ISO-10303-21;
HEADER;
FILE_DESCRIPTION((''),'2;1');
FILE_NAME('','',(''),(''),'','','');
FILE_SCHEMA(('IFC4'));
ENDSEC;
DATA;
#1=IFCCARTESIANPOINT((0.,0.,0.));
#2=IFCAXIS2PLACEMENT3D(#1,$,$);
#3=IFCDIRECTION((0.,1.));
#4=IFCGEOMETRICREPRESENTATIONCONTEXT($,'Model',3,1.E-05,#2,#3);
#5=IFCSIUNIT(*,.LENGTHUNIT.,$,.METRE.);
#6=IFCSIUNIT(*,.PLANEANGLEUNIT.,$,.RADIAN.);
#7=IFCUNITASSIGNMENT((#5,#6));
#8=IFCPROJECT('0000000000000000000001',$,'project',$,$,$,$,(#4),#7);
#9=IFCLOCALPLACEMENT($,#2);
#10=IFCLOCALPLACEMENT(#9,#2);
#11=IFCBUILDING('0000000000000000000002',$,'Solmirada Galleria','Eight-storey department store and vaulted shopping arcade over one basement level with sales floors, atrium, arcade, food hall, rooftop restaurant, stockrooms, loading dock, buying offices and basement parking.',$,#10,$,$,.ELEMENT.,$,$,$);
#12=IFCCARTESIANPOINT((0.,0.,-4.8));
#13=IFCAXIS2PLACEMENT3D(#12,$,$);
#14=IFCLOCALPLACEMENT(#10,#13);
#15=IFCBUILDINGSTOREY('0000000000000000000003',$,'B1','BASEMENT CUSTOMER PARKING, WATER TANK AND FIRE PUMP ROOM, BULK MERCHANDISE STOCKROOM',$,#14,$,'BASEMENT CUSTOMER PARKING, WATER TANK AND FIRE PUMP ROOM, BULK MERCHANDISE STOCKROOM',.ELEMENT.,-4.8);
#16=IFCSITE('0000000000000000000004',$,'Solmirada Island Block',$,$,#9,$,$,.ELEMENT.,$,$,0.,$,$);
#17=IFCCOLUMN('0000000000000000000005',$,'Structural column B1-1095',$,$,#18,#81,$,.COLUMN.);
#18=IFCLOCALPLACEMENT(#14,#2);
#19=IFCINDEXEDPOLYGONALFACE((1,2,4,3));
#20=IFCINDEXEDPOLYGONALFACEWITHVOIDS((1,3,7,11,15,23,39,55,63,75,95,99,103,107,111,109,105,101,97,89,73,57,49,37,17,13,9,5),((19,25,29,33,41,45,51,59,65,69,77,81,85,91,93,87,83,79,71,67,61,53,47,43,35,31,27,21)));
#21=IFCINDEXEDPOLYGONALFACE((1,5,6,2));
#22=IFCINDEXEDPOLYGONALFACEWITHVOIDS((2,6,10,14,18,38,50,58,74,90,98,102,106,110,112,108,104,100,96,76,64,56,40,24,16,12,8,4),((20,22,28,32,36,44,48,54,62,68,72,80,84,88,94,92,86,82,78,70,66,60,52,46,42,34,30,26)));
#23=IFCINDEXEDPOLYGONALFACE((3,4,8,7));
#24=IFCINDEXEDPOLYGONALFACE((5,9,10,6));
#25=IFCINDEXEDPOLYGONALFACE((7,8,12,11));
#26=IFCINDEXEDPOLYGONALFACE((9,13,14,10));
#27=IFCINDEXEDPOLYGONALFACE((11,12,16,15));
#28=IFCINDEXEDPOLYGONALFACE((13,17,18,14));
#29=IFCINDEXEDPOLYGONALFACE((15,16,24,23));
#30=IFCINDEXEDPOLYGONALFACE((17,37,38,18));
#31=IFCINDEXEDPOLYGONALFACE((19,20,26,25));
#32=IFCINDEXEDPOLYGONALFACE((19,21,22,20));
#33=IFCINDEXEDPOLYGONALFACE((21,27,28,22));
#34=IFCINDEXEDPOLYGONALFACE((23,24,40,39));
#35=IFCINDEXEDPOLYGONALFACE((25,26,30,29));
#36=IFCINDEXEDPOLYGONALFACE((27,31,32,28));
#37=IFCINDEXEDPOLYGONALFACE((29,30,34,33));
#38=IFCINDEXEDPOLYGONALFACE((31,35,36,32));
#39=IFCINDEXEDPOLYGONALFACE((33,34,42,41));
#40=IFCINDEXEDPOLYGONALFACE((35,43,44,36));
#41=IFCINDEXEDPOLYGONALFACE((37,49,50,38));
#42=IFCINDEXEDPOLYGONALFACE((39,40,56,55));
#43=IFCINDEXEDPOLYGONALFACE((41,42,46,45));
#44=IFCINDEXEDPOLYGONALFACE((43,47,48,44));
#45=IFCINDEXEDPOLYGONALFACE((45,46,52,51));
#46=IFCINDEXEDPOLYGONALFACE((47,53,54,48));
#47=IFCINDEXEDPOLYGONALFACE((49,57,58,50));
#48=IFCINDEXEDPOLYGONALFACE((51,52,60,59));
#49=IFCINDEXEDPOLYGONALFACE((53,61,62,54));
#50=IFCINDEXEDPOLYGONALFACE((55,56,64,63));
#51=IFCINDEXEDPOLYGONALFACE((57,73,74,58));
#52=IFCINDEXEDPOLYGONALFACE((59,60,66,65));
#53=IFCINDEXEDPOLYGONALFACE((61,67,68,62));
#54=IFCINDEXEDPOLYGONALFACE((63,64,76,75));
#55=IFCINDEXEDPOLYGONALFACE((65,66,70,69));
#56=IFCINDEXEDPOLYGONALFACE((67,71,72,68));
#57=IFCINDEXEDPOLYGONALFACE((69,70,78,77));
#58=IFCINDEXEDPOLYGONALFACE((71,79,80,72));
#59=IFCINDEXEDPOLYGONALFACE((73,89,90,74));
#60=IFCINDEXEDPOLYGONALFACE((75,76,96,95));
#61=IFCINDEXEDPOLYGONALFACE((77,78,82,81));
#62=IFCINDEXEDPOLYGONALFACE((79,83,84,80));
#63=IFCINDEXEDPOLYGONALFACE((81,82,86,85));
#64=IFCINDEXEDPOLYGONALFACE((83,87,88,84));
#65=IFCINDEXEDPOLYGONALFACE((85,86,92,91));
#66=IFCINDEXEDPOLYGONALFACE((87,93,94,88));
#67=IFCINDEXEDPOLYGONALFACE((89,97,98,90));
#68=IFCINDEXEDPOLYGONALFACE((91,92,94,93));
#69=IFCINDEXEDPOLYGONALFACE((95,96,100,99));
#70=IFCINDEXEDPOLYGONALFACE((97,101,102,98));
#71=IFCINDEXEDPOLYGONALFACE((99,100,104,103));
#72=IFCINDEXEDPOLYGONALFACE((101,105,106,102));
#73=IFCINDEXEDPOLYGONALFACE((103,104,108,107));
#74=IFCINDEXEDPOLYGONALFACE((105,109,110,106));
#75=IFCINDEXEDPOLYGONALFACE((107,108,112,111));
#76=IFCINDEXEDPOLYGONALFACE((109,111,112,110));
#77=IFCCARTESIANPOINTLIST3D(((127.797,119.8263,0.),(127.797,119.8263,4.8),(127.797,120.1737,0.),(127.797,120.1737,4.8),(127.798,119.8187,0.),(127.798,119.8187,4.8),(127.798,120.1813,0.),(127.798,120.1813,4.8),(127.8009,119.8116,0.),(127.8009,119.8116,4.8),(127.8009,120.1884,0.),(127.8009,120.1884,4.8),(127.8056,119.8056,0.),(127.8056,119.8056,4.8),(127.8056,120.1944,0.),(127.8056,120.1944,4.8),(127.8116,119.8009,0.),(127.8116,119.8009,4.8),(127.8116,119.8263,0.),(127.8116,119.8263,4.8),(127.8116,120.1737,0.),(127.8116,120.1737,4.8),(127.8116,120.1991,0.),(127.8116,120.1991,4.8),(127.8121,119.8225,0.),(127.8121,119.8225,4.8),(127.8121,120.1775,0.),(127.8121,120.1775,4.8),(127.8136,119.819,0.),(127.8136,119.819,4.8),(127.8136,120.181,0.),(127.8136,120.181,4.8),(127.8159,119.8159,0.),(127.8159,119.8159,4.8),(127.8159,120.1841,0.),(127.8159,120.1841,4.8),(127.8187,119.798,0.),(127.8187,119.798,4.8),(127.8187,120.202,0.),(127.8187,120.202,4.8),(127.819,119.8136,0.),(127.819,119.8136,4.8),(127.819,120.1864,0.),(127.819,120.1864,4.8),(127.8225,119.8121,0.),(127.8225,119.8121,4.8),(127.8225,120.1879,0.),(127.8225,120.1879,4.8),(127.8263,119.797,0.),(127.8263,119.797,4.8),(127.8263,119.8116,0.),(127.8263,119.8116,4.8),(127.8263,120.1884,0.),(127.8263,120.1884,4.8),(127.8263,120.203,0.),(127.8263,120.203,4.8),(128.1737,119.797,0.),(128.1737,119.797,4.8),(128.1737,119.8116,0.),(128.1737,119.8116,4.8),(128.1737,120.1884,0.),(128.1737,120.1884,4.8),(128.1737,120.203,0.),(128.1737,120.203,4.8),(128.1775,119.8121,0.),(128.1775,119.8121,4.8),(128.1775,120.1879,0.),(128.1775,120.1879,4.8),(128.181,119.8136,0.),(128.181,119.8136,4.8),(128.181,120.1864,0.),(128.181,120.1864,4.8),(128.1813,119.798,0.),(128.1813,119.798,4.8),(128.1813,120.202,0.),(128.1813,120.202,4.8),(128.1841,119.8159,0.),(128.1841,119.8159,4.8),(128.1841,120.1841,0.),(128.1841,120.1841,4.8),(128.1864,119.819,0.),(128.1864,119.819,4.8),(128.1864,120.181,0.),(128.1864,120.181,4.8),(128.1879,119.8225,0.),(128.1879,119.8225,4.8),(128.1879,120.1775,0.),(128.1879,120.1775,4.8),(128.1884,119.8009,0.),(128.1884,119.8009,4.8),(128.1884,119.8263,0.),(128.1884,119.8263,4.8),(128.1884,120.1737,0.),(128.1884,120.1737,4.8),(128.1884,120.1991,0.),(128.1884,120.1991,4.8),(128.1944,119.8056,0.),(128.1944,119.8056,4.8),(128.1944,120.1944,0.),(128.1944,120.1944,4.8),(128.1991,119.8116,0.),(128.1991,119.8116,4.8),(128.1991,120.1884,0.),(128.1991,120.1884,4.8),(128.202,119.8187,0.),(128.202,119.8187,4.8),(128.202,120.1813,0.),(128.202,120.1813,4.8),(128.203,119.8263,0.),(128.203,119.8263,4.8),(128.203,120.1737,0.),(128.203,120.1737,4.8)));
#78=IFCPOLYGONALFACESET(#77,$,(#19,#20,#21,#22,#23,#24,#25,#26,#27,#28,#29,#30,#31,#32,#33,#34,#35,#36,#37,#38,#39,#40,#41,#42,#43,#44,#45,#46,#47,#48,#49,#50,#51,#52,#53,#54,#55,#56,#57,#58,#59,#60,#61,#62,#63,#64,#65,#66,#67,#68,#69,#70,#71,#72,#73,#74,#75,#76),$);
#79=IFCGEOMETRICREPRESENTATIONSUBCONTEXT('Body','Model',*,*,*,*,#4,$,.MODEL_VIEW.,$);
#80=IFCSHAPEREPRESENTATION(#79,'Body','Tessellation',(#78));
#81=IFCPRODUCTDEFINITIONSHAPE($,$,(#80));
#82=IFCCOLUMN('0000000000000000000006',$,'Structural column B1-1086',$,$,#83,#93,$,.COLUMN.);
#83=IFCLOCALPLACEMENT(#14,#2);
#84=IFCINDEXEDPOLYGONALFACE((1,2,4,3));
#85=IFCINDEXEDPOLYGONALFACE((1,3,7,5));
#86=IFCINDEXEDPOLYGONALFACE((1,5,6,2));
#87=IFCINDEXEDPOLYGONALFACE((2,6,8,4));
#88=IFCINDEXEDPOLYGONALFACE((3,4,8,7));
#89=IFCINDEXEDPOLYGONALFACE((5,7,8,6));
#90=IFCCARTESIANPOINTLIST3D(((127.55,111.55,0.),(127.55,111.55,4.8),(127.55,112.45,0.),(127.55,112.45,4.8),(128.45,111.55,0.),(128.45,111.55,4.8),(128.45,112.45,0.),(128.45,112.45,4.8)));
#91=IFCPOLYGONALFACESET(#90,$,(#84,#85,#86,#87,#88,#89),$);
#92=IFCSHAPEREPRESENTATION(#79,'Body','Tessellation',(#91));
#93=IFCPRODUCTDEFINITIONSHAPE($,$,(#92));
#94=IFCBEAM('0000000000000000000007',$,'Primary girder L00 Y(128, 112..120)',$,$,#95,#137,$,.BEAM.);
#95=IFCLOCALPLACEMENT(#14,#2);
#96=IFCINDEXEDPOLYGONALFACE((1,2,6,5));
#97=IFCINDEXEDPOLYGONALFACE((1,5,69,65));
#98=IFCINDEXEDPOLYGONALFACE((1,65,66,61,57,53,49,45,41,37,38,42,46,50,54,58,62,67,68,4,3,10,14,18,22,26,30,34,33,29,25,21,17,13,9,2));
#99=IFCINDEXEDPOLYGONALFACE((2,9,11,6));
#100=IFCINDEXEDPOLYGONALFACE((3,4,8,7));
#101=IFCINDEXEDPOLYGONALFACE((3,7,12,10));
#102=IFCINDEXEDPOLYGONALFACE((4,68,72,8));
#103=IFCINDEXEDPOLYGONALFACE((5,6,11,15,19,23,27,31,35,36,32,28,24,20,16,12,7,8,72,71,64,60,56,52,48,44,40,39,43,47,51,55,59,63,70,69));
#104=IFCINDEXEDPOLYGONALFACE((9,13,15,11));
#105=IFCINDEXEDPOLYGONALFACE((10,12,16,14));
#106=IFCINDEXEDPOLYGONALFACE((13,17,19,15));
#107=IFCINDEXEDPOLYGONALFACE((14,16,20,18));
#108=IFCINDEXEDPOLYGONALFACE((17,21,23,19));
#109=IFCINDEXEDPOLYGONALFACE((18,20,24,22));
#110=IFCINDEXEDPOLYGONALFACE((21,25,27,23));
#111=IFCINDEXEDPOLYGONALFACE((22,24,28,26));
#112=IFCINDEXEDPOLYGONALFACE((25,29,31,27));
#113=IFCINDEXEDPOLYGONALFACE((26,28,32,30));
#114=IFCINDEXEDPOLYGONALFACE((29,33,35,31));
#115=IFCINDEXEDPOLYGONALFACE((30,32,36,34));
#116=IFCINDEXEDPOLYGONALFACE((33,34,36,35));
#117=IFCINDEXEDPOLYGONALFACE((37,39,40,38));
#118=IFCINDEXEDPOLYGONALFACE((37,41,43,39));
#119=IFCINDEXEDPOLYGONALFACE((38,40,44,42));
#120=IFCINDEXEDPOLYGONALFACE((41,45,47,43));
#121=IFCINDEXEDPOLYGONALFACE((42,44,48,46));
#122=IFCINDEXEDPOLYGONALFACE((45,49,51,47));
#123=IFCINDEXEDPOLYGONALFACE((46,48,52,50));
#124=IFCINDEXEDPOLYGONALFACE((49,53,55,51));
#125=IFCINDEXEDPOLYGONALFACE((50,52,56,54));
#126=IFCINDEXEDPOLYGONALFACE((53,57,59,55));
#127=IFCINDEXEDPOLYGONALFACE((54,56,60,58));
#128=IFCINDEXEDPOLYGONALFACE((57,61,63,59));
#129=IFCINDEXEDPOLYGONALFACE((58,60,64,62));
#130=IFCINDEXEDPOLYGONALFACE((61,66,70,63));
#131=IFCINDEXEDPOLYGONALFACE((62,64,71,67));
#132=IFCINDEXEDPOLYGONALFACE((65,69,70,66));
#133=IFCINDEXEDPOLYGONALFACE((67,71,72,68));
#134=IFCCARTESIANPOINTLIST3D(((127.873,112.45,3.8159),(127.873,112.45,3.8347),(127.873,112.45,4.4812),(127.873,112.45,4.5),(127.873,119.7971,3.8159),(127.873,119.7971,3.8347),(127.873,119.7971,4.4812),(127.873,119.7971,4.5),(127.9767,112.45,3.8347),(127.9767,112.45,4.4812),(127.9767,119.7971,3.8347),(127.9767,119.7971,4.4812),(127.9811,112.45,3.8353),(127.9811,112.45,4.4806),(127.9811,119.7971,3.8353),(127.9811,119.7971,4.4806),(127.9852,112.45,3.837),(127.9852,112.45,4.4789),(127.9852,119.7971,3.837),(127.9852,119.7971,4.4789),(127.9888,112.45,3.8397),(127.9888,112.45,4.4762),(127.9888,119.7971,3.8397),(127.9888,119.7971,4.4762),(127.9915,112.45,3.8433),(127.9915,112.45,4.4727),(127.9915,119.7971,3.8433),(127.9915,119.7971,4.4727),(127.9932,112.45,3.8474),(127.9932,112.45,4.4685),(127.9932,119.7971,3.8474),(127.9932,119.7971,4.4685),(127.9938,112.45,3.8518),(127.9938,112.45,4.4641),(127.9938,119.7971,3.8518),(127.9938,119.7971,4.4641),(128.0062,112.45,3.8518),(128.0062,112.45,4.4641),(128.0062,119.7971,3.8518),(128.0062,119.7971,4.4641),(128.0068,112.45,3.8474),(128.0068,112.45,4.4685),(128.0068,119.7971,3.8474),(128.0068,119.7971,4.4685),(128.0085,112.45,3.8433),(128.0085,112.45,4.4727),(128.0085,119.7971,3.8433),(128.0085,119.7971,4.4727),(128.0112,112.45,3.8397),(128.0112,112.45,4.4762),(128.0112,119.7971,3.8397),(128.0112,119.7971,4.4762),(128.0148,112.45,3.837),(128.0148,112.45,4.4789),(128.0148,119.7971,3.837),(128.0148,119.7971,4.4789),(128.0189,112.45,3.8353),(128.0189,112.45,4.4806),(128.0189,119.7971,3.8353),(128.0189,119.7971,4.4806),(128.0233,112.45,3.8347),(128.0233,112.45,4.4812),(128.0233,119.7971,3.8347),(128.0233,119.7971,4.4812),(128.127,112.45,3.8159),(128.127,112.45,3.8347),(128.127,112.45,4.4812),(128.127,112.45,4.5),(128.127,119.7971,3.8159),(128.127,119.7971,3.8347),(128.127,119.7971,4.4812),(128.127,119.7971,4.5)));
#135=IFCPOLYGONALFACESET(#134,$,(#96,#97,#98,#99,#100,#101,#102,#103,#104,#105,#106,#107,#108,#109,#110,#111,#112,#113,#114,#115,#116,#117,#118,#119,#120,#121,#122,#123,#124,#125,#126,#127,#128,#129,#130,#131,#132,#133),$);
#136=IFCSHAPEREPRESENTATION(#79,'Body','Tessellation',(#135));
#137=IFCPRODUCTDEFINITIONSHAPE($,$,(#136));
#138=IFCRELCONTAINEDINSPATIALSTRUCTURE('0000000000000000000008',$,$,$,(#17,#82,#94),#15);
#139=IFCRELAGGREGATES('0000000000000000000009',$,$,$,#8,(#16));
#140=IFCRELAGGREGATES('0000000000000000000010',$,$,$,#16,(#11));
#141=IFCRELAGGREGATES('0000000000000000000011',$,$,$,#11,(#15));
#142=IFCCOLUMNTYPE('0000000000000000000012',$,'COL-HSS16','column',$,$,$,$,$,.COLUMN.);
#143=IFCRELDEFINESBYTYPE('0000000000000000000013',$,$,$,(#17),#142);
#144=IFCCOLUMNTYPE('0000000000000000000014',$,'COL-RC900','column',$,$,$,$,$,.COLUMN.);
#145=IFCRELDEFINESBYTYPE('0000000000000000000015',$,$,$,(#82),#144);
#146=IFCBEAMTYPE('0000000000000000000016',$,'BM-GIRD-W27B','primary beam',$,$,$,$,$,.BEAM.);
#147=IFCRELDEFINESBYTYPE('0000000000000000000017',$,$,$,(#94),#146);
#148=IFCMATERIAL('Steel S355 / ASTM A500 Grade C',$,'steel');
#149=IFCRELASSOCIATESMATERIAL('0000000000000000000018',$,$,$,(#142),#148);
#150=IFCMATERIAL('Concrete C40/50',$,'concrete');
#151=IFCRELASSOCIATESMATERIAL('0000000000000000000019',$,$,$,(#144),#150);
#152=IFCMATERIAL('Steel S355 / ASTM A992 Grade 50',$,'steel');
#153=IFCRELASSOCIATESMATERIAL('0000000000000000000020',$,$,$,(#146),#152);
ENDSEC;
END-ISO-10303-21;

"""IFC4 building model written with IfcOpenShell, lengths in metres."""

from ifc_helpers import new_model, si_unit, direction, frame, origin, origin_2d, place, context, subcontext, project, spatial, rectangle, hollow_rectangle, i_section, extrude, material, material_profile, profile_set, type_object, element, save


model = new_model("IFC4")

# Units and contexts
model_context = context("Model", 3, precision=1e-05, world=origin(), true_north=direction((0.0, 1.0)))
body_context = subcontext(model_context, "Body", "Model", "MODEL_VIEW")
ifc_project = project(units=[si_unit("LENGTHUNIT", "METRE"), si_unit("PLANEANGLEUNIT", "RADIAN")], contexts=[model_context])

# Site, building, storey
site_placement = place(None, origin())
site = spatial("IfcSite", under=ifc_project, at=site_placement, Name="Solmirada Island Block", CompositionType="ELEMENT", RefElevation=0.0)
building_placement = place(site_placement, origin())
building = spatial("IfcBuilding", under=site, at=building_placement, Name="Solmirada Galleria", Description="Eight-storey department store and vaulted shopping arcade over one basement level with sales floors, atrium, arcade, food hall, rooftop restaurant, stockrooms, loading dock, buying offices and basement parking.", CompositionType="ELEMENT")
storey_placement = place(building_placement, frame((0.0, 0.0, -4.8)))
storey = spatial("IfcBuildingStorey", under=building, at=storey_placement, Name="B1", Description="BASEMENT CUSTOMER PARKING, WATER TANK AND FIRE PUMP ROOM, BULK MERCHANDISE STOCKROOM", LongName="BASEMENT CUSTOMER PARKING, WATER TANK AND FIRE PUMP ROOM, BULK MERCHANDISE STOCKROOM", CompositionType="ELEMENT", Elevation=-4.8)

# Shared definitions
ifc_material_1 = material(Name="Concrete C40/50", Category="concrete")

# Columns
ifc_material_2 = material(Name="Steel S355 / ASTM A500 Grade C", Category="steel")
ifc_material_profile_1 = material_profile(ifc_material_2, hollow_rectangle(XDim=0.406, YDim=0.406, WallThickness=0.0146, InnerFilletRadius=0.0146, OuterFilletRadius=0.0293, at=origin_2d()), Name="HSS16X16X5/8")
ifc_profile_set_1 = profile_set([ifc_material_profile_1], Name="Steel S355 / ASTM A500 Grade C")
column_type_1 = type_object("IfcColumnType", Name="COL-HSS16", Description="column", PredefinedType="COLUMN", material=ifc_profile_set_1)
column_1_placement = place(storey_placement, frame((128.0, 120.0, 0.0), z_axis=(0.0, 0.0, 1.0), x_axis=(1.0, 0.0, 0.0)))
element("IfcColumn", 1, at=column_1_placement, inside=storey, type_object=column_type_1, Name="Structural column B1-1095", PredefinedType="COLUMN", context=body_context, shape_type="SweptSolid", body=[
    extrude(hollow_rectangle(XDim=0.406, YDim=0.406, WallThickness=0.0146, InnerFilletRadius=0.0146, OuterFilletRadius=0.0293, at=origin_2d()), origin(), (0.0, 0.0, 1.0), 4.8),
])
ifc_material_profile_2 = material_profile(ifc_material_1, rectangle(XDim=0.8999, YDim=0.8999, at=origin_2d()), Name="RC900X900")
ifc_profile_set_2 = profile_set([ifc_material_profile_2], Name="Concrete C40/50")
column_type_2 = type_object("IfcColumnType", Name="COL-RC900", Description="column", PredefinedType="COLUMN", material=ifc_profile_set_2)
column_2_placement = place(storey_placement, frame((128.0, 112.0, 0.0), z_axis=(0.0, 0.0, 1.0), x_axis=(1.0, 0.0, 0.0)))
element("IfcColumn", 2, at=column_2_placement, inside=storey, type_object=column_type_2, Name="Structural column B1-1086", PredefinedType="COLUMN", context=body_context, shape_type="SweptSolid", body=[
    extrude(rectangle(XDim=0.8999, YDim=0.8999, at=origin_2d()), origin(), (0.0, 0.0, 1.0), 4.8),
])

# Beam
ifc_material_3 = material(Name="Steel S355 / ASTM A992 Grade 50", Category="steel")
ifc_material_profile_3 = material_profile(ifc_material_3, i_section(OverallWidth=0.2539, OverallDepth=0.6841, WebThickness=0.0125, FlangeThickness=0.0188, FilletRadius=0.0171, at=origin_2d()), Name="W27X94")
ifc_profile_set_3 = profile_set([ifc_material_profile_3], Name="Steel S355 / ASTM A992 Grade 50")
beam_type_1 = type_object("IfcBeamType", Name="BM-GIRD-W27B", Description="primary beam", PredefinedType="BEAM", material=ifc_profile_set_3)
beam_1_placement = place(storey_placement, frame((128.0, 112.45, 4.158), z_axis=(0.0, 1.0, 0.0), x_axis=(-1.0, 0.0, 0.0)))
element("IfcBeam", 3, at=beam_1_placement, inside=storey, type_object=beam_type_1, Name="Primary girder L00 Y(128, 112..120)", PredefinedType="BEAM", context=body_context, shape_type="SweptSolid", body=[
    extrude(i_section(OverallWidth=0.2539, OverallDepth=0.6841, WebThickness=0.0125, FlangeThickness=0.0188, FilletRadius=0.0171, at=origin_2d()), origin(), (0.0, 0.0, 1.0), 7.3472),
])

save(model, "model.ifc")
